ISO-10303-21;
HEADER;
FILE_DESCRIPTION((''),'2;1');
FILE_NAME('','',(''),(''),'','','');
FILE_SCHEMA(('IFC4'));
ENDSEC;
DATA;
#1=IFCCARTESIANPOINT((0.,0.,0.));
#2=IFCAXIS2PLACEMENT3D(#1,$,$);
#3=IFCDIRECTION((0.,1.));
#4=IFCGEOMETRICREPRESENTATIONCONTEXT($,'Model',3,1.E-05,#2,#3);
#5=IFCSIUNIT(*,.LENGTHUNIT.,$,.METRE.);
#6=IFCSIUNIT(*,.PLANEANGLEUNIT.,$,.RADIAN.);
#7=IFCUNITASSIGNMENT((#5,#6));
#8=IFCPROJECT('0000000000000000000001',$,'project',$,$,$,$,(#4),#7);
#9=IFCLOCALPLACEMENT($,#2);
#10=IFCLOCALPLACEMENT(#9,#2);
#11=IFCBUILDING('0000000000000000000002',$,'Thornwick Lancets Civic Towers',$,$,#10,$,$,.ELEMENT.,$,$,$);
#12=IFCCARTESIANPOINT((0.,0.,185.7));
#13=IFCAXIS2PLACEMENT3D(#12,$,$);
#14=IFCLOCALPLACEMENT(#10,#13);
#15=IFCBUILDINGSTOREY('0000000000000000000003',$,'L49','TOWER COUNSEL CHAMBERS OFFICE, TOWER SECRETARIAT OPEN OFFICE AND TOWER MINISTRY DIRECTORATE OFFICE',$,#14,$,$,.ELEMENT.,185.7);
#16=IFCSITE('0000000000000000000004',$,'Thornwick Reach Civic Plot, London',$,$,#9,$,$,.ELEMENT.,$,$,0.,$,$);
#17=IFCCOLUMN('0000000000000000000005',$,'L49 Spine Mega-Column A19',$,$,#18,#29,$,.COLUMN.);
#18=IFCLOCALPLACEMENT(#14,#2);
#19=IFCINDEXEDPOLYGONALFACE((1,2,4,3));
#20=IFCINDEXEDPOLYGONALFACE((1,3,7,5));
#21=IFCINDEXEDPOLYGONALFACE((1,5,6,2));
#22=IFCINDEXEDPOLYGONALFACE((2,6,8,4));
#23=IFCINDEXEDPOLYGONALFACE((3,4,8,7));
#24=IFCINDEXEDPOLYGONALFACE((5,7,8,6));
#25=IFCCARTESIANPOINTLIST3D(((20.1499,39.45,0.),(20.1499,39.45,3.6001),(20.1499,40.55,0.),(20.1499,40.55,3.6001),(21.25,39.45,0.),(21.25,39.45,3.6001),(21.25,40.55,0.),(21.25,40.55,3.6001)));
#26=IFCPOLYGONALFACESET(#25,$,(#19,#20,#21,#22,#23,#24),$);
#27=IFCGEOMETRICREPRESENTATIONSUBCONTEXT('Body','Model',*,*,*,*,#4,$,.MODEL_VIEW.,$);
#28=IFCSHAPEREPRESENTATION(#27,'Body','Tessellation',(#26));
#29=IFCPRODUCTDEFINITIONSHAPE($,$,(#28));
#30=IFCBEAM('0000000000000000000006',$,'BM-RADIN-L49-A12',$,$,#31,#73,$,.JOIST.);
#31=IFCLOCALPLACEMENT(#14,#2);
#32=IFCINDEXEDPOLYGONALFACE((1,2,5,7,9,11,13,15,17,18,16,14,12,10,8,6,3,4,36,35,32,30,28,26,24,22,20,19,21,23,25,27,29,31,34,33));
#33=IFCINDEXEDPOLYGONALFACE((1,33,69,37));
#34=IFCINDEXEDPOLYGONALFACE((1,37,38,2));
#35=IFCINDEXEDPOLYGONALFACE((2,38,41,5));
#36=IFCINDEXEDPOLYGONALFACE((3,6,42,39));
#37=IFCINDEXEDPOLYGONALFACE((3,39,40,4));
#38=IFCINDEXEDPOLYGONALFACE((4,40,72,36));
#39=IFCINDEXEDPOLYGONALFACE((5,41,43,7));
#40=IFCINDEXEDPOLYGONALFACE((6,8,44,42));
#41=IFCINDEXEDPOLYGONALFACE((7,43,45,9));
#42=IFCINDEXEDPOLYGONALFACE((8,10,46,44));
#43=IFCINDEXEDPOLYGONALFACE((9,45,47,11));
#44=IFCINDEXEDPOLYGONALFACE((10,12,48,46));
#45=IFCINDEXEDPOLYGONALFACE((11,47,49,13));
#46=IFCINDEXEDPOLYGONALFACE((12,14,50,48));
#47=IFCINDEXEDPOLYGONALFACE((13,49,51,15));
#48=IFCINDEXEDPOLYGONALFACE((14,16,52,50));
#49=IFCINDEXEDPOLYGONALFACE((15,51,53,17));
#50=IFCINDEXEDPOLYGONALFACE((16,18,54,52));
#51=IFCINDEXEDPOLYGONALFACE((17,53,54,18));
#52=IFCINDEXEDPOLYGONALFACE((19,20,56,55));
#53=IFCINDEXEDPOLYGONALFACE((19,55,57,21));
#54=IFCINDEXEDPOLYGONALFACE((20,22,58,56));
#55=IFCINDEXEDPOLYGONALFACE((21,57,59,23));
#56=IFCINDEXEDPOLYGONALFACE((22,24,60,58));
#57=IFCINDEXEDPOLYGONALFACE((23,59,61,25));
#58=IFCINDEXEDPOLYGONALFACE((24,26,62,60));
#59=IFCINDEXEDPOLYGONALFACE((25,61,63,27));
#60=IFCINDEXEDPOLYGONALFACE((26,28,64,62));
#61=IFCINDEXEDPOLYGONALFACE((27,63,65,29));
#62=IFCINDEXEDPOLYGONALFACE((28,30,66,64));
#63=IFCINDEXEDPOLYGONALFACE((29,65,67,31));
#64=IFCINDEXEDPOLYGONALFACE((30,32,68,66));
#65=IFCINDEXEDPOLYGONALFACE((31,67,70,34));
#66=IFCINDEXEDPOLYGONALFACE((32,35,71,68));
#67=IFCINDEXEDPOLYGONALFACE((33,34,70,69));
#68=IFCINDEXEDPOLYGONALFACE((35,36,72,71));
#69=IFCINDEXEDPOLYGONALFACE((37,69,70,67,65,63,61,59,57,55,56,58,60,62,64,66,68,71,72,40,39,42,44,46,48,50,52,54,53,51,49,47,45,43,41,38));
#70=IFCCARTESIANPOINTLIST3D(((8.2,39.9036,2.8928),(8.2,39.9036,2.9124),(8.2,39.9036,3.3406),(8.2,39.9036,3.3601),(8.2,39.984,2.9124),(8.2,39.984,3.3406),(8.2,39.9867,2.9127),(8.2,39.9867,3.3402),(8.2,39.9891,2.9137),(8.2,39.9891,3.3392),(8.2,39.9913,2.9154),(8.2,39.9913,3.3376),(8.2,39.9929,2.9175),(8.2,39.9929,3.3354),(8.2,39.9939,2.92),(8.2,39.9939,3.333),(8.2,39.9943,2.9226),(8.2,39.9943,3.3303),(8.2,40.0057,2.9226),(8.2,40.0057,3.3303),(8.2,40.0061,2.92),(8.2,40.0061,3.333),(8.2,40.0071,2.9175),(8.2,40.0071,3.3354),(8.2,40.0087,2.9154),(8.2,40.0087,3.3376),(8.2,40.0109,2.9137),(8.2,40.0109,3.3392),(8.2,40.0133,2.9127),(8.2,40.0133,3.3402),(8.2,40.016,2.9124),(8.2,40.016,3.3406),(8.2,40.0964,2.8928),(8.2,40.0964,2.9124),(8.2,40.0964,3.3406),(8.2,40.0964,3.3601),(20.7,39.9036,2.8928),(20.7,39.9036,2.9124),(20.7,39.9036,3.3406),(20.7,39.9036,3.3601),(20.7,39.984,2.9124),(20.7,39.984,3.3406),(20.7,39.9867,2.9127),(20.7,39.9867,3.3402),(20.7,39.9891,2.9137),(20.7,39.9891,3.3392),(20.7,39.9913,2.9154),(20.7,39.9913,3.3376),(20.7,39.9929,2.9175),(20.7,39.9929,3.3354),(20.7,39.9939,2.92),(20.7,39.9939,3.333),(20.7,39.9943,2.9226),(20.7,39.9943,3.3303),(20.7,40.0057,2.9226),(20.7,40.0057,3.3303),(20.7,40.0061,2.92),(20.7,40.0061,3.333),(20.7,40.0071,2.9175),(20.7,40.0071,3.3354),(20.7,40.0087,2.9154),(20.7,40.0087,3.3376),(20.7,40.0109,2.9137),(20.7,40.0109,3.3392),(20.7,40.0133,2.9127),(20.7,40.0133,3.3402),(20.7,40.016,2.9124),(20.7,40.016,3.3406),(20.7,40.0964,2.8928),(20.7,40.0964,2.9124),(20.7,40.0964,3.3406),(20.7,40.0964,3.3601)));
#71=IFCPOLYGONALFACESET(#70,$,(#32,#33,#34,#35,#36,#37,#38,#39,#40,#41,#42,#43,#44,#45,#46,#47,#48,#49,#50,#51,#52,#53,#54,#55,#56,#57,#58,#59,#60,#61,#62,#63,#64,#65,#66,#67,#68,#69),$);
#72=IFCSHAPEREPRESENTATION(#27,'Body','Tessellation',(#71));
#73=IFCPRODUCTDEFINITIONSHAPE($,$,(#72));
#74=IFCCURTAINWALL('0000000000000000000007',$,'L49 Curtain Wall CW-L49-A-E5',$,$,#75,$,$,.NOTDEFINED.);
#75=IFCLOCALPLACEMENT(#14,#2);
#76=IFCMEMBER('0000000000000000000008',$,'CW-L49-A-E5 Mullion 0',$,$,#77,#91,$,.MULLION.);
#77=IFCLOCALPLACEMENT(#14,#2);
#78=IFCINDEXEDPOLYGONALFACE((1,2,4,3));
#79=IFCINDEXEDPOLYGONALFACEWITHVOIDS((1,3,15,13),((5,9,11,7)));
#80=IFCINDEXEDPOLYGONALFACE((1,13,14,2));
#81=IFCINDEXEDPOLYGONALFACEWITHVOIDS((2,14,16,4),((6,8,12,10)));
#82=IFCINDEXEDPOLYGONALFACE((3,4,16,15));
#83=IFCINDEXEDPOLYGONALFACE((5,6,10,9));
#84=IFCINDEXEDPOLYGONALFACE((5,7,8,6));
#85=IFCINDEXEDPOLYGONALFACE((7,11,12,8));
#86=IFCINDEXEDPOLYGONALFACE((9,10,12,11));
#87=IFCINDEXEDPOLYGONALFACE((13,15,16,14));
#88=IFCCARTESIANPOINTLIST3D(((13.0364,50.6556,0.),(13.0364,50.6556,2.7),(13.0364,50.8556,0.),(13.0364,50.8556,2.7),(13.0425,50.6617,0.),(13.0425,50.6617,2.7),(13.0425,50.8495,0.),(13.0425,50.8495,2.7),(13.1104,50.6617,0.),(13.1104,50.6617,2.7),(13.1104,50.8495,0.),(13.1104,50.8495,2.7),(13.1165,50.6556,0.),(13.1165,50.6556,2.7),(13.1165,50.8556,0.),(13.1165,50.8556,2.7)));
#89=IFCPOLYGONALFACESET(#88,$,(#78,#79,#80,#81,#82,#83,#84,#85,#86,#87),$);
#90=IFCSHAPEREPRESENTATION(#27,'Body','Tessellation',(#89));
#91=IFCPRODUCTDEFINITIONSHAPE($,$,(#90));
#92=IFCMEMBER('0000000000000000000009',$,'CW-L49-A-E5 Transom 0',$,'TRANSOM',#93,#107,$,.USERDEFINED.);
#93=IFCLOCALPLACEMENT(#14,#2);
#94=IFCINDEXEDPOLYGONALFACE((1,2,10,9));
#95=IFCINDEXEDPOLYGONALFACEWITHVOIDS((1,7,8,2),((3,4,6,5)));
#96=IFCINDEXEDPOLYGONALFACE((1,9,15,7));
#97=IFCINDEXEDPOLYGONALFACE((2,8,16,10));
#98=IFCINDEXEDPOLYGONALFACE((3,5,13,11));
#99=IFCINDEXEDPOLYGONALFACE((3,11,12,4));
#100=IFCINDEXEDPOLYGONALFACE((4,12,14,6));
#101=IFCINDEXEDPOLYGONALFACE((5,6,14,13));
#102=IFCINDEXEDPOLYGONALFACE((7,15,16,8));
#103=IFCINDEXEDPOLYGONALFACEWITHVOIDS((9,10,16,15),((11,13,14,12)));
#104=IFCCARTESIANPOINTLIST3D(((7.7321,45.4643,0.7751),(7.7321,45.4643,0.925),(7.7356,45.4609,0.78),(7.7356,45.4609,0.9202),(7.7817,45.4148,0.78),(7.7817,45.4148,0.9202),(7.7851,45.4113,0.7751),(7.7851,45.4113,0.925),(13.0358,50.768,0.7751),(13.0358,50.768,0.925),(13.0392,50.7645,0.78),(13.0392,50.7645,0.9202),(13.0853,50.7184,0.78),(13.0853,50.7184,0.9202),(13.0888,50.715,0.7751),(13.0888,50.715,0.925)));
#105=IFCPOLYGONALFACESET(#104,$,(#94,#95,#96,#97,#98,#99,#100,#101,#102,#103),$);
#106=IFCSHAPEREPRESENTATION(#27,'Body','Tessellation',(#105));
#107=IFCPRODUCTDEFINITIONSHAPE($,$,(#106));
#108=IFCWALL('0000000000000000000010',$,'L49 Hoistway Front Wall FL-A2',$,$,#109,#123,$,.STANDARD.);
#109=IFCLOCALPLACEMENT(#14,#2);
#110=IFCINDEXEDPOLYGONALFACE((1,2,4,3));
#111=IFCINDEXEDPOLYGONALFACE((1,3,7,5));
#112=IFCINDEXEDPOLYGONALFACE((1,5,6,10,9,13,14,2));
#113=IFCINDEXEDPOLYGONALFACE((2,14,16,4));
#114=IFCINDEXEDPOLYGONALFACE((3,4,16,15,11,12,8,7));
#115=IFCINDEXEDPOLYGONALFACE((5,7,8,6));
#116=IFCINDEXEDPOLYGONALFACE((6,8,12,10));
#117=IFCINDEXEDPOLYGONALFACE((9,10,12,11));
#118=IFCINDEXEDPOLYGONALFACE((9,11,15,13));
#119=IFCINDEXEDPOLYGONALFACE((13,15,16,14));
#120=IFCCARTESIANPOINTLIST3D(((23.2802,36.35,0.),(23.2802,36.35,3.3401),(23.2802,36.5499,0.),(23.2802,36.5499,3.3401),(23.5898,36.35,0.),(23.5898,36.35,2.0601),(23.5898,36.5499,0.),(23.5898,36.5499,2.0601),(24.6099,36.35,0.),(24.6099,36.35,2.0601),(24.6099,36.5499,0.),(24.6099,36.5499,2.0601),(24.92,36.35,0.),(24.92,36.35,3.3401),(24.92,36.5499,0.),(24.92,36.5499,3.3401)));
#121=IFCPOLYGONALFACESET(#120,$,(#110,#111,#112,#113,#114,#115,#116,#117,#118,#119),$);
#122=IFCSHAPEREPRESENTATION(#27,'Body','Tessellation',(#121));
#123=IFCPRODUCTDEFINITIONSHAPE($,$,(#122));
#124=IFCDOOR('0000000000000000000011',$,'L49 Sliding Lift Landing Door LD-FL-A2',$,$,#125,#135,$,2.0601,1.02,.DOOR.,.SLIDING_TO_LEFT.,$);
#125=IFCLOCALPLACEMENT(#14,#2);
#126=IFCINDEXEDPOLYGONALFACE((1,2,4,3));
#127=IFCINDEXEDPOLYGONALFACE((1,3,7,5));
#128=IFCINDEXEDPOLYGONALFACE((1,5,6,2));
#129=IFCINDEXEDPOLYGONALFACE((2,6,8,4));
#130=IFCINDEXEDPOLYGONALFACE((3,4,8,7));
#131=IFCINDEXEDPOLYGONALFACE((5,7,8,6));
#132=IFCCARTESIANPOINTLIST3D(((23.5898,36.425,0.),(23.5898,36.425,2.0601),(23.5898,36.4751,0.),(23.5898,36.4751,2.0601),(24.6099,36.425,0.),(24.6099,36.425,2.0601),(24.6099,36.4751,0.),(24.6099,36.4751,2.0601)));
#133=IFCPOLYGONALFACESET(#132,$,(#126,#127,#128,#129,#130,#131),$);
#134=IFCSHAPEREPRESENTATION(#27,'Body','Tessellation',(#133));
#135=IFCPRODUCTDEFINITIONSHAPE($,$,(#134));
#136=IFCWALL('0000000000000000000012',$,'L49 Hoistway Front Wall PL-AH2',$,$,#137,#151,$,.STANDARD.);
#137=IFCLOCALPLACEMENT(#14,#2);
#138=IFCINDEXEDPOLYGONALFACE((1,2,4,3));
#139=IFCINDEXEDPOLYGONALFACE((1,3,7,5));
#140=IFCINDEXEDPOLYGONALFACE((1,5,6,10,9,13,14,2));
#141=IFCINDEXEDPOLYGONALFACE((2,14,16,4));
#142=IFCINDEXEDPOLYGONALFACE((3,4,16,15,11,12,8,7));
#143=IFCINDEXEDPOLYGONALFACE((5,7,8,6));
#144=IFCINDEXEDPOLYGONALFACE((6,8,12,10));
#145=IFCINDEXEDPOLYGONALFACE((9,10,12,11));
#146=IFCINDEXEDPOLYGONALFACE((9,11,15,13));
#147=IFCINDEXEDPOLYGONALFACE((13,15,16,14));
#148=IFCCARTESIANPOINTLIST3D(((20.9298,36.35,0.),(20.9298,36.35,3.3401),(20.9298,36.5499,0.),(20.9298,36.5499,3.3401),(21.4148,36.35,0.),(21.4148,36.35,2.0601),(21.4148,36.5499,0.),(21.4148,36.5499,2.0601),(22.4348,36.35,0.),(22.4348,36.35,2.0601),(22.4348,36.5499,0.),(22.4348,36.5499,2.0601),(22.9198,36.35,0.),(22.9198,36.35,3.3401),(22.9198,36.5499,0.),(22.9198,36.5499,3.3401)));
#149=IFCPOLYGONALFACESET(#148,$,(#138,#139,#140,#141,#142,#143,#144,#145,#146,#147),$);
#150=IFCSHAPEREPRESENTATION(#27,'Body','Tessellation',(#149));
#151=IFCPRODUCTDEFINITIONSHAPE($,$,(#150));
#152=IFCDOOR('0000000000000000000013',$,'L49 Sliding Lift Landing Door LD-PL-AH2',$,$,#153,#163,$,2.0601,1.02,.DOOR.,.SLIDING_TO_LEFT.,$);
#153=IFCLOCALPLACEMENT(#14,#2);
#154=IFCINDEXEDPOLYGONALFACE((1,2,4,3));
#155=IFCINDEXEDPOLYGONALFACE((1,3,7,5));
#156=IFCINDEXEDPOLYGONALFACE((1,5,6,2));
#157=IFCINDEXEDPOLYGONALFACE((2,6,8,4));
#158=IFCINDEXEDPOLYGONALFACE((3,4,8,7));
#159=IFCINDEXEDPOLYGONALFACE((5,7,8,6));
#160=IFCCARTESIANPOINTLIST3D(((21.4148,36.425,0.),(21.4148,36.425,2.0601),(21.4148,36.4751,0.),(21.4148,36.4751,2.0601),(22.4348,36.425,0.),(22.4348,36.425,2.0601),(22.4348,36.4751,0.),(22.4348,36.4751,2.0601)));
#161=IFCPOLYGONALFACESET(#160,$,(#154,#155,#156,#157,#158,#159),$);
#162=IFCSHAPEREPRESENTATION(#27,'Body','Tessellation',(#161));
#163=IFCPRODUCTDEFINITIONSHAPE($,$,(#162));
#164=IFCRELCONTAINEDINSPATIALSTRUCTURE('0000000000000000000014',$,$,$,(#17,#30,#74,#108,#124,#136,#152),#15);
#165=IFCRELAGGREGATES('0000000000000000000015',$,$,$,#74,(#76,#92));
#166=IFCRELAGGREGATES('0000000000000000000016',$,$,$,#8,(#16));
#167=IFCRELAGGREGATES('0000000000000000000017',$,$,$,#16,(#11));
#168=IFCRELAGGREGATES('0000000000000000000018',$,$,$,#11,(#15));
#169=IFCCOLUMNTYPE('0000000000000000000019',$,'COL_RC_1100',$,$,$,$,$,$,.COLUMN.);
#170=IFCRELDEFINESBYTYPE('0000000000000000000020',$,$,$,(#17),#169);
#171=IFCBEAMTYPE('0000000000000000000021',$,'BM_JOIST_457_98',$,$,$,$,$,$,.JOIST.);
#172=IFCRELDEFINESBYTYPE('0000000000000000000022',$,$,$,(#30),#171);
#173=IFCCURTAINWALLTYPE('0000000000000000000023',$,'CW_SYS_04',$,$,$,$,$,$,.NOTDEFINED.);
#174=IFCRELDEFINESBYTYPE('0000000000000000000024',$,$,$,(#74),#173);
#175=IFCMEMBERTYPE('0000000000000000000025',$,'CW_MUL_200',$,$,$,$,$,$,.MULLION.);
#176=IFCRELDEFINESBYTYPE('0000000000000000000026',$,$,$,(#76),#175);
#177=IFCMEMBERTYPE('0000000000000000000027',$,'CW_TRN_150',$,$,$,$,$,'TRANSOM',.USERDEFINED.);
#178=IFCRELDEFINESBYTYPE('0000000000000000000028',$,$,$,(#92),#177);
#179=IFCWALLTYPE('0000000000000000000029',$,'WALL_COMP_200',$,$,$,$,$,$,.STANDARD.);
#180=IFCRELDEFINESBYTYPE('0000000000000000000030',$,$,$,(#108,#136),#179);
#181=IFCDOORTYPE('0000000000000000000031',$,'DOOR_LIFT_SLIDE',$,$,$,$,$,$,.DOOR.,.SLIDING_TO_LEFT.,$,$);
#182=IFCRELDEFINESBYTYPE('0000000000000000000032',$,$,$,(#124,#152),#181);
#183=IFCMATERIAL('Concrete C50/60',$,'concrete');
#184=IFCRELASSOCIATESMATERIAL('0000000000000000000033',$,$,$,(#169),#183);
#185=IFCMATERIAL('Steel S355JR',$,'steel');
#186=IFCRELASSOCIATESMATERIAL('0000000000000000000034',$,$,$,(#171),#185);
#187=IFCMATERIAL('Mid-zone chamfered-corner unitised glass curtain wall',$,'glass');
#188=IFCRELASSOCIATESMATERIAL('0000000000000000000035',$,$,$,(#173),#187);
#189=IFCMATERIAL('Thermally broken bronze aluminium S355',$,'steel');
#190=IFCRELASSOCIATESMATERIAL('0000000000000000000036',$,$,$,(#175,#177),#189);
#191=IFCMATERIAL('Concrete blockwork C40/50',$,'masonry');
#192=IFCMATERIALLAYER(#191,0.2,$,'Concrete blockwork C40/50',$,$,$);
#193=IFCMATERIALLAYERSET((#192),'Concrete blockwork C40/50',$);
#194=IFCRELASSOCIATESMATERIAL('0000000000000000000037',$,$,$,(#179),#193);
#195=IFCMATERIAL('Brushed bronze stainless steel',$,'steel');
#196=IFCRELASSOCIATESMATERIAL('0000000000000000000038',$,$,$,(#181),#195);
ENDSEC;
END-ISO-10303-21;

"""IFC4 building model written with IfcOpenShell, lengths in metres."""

from ifc_helpers import new_model, si_unit, direction, frame, frame_2d, origin, origin_2d, place, context, subcontext, project, spatial, rectangle, hollow_rectangle, i_section, extrude, material, layer, layer_set, material_profile, profile_set, type_object, element, fill, aggregate, save


model = new_model("IFC4")

# Units and contexts
model_context = context("Model", 3, precision=1e-05, world=origin(), true_north=direction((0.0, 1.0)))
body_context = subcontext(model_context, "Body", "Model", "MODEL_VIEW")
ifc_project = project(units=[si_unit("LENGTHUNIT", "METRE"), si_unit("PLANEANGLEUNIT", "RADIAN")], contexts=[model_context])

# Site, building, storey
site_placement = place(None, origin())
site = spatial("IfcSite", under=ifc_project, at=site_placement, Name="Thornwick Reach Civic Plot, London", CompositionType="ELEMENT", RefElevation=0.0)
building_placement = place(site_placement, origin())
building = spatial("IfcBuilding", under=site, at=building_placement, Name="Thornwick Lancets Civic Towers", CompositionType="ELEMENT")
storey_placement = place(building_placement, frame((0.0, 0.0, 185.7)))
storey = spatial("IfcBuildingStorey", under=building, at=storey_placement, Name="L49", Description="TOWER COUNSEL CHAMBERS OFFICE, TOWER SECRETARIAT OPEN OFFICE AND TOWER MINISTRY DIRECTORATE OFFICE", CompositionType="ELEMENT", Elevation=185.7)

# Column
ifc_material_1 = material(Name="Concrete C50/60", Category="concrete")
ifc_material_profile_1 = material_profile(ifc_material_1, rectangle(XDim=1.1001, YDim=1.1001, at=origin_2d()), Name="RC 1100x1100")
ifc_profile_set_1 = profile_set([ifc_material_profile_1], Name="Concrete C50/60")
column_type = type_object("IfcColumnType", Name="COL_RC_1100", PredefinedType="COLUMN", material=ifc_profile_set_1)
column_placement = place(storey_placement, frame((20.7, 40.0, 0.0), z_axis=(0.0, 0.0, 1.0), x_axis=(1.0, 0.0, 0.0)))
element("IfcColumn", 1, at=column_placement, inside=storey, type_object=column_type, Name="L49 Spine Mega-Column A19", PredefinedType="COLUMN", context=body_context, shape_type="SweptSolid", body=[
    extrude(rectangle(XDim=1.1001, YDim=1.1001, at=origin_2d()), origin(), (0.0, 0.0, 1.0), 3.6001),
])

# Beam
ifc_material_2 = material(Name="Steel S355JR", Category="steel")
ifc_material_profile_2 = material_profile(ifc_material_2, i_section(OverallWidth=0.1929, OverallDepth=0.4673, WebThickness=0.0115, FlangeThickness=0.0195, FilletRadius=0.0103, at=origin_2d()), Name="UKB 457x191x98")
ifc_profile_set_2 = profile_set([ifc_material_profile_2], Name="Steel S355JR")
beam_type = type_object("IfcBeamType", Name="BM_JOIST_457_98", PredefinedType="JOIST", material=ifc_profile_set_2)
beam_placement = place(storey_placement, frame((20.7, 40.0, 3.1265), z_axis=(-1.0, 0.0, 0.0), x_axis=(0.0, -1.0, 0.0)))
element("IfcBeam", 2, at=beam_placement, inside=storey, type_object=beam_type, Name="BM-RADIN-L49-A12", PredefinedType="JOIST", context=body_context, shape_type="SweptSolid", body=[
    extrude(i_section(OverallWidth=0.1929, OverallDepth=0.4673, WebThickness=0.0115, FlangeThickness=0.0195, FilletRadius=0.0103, at=origin_2d()), origin(), (0.0, 0.0, 1.0), 12.5),
])

# Curtain wall, members
ifc_material_3 = material(Name="Mid-zone chamfered-corner unitised glass curtain wall", Category="glass")
curtain_wall_type = type_object("IfcCurtainWallType", Name="CW_SYS_04", PredefinedType="NOTDEFINED", material=ifc_material_3)
curtain_wall_placement = place(storey_placement, origin())
curtain_wall = element("IfcCurtainWall", 3, at=curtain_wall_placement, inside=storey, type_object=curtain_wall_type, Name="L49 Curtain Wall CW-L49-A-E5", PredefinedType="NOTDEFINED")
ifc_material_4 = material(Name="Thermally broken bronze aluminium S355", Category="steel")
ifc_material_profile_3 = material_profile(ifc_material_4, hollow_rectangle(XDim=0.0801, YDim=0.2, WallThickness=0.0061, at=origin_2d()), Name="RHS 200x80x6")
ifc_profile_set_3 = profile_set([ifc_material_profile_3], Name="Thermally broken bronze aluminium S355")
member_type_1 = type_object("IfcMemberType", Name="CW_MUL_200", PredefinedType="MULLION", material=ifc_profile_set_3)
member_1_placement = place(storey_placement, frame((13.0764, 50.7556, 0.0), z_axis=(0.0, 0.0, 1.0), x_axis=(1.0, 0.0, 0.0)))
member_1 = element("IfcMember", 4, at=member_1_placement, type_object=member_type_1, Name="CW-L49-A-E5 Mullion 0", PredefinedType="MULLION", context=body_context, shape_type="SweptSolid", body=[
    extrude(hollow_rectangle(XDim=0.0801, YDim=0.2, WallThickness=0.0061, at=origin_2d()), origin(), (0.0, 0.0, 1.0), 2.7),
])
ifc_material_profile_4 = material_profile(ifc_material_4, hollow_rectangle(XDim=0.075, YDim=0.1499, WallThickness=0.0049, at=origin_2d()), Name="RHS 150x75x5")
ifc_profile_set_4 = profile_set([ifc_material_profile_4], Name="Thermally broken bronze aluminium S355")
member_type_2 = type_object("IfcMemberType", Name="CW_TRN_150", ElementType="TRANSOM", PredefinedType="USERDEFINED", material=ifc_profile_set_4)
member_2_placement = place(storey_placement, frame((13.0623, 50.7415, 0.8501), z_axis=(-0.707107, -0.707107, 0.0), x_axis=(0.707107, -0.707107, 0.0)))
member_2 = element("IfcMember", 5, at=member_2_placement, type_object=member_type_2, Name="CW-L49-A-E5 Transom 0", ObjectType="TRANSOM", PredefinedType="USERDEFINED", context=body_context, shape_type="SweptSolid", body=[
    extrude(hollow_rectangle(XDim=0.075, YDim=0.1499, WallThickness=0.0049, at=origin_2d()), origin(), (0.0, 0.0, 1.0), 7.5005),
])
aggregate(curtain_wall, [member_1, member_2])

# Walls, openings, doors
ifc_material_5 = material(Name="Concrete blockwork C40/50", Category="masonry")
ifc_layer_1 = layer(ifc_material_5, 0.2, Name="Concrete blockwork C40/50")
ifc_layer_set_1 = layer_set([ifc_layer_1], Name="Concrete blockwork C40/50")
wall_type_1 = type_object("IfcWallType", Name="WALL_COMP_200", PredefinedType="STANDARD", material=ifc_layer_set_1)
wall_1_placement = place(storey_placement, frame((24.9199, 36.45, 0.0), z_axis=(0.0, 0.0, 1.0), x_axis=(-1.0, 0.0, 0.0)))
wall_1 = element("IfcWall", 6, at=wall_1_placement, inside=storey, type_object=wall_type_1, Name="L49 Hoistway Front Wall FL-A2", PredefinedType="STANDARD", context=body_context, shape_type="SweptSolid", body=[
    extrude(rectangle(XDim=1.6399, YDim=0.2, at=frame_2d((0.8198, 0.0))), origin(), (0.0, 0.0, 1.0), 3.3401),
])
opening_1_placement = place(wall_1_placement, frame((0.3101, 0.0, 0.0)))
opening_1 = element("IfcOpeningElement", 7, at=opening_1_placement, cuts=wall_1, PredefinedType="OPENING", context=body_context, shape_type="SweptSolid", body=[
    extrude(rectangle(XDim=1.02, YDim=2.0601, at=frame_2d((0.51, 1.03))), frame((0.0, 0.1099, 0.0), z_axis=(0.0, -1.0, 0.0), x_axis=(1.0, 0.0, 0.0)), (0.0, 0.0, 1.0), 0.22),
])
ifc_material_6 = material(Name="Brushed bronze stainless steel", Category="steel")
door_type = type_object("IfcDoorType", Name="DOOR_LIFT_SLIDE", OperationType="SLIDING_TO_LEFT", PredefinedType="DOOR", material=ifc_material_6)
door_1_placement = place(opening_1_placement, origin())
door_1 = element("IfcDoor", 8, at=door_1_placement, inside=storey, type_object=door_type, Name="L49 Sliding Lift Landing Door LD-FL-A2", OperationType="SLIDING_TO_LEFT", OverallHeight=2.0601, OverallWidth=1.02, PredefinedType="DOOR", context=body_context, shape_type="SweptSolid", body=[
    extrude(rectangle(XDim=1.02, YDim=2.0601, at=frame_2d((0.51, 1.03))), frame((0.0, 0.0249, 0.0), z_axis=(0.0, -1.0, 0.0), x_axis=(1.0, 0.0, 0.0)), (0.0, 0.0, 1.0), 0.05),
])
fill(opening_1, door_1)
wall_2_placement = place(storey_placement, frame((22.9199, 36.45, 0.0), z_axis=(0.0, 0.0, 1.0), x_axis=(-1.0, 0.0, 0.0)))
wall_2 = element("IfcWall", 9, at=wall_2_placement, inside=storey, type_object=wall_type_1, Name="L49 Hoistway Front Wall PL-AH2", PredefinedType="STANDARD", context=body_context, shape_type="SweptSolid", body=[
    extrude(rectangle(XDim=1.99, YDim=0.2, at=frame_2d((0.9951, 0.0))), origin(), (0.0, 0.0, 1.0), 3.3401),
])
opening_2_placement = place(wall_2_placement, frame((0.4851, 0.0, 0.0)))
opening_2 = element("IfcOpeningElement", 10, at=opening_2_placement, cuts=wall_2, PredefinedType="OPENING", context=body_context, shape_type="SweptSolid", body=[
    extrude(rectangle(XDim=1.02, YDim=2.0601, at=frame_2d((0.51, 1.03))), frame((0.0, 0.1099, 0.0), z_axis=(0.0, -1.0, 0.0), x_axis=(1.0, 0.0, 0.0)), (0.0, 0.0, 1.0), 0.22),
])
door_2_placement = place(opening_2_placement, origin())
door_2 = element("IfcDoor", 11, at=door_2_placement, inside=storey, type_object=door_type, Name="L49 Sliding Lift Landing Door LD-PL-AH2", OperationType="SLIDING_TO_LEFT", OverallHeight=2.0601, OverallWidth=1.02, PredefinedType="DOOR", context=body_context, shape_type="SweptSolid", body=[
    extrude(rectangle(XDim=1.02, YDim=2.0601, at=frame_2d((0.51, 1.03))), frame((0.0, 0.0249, 0.0), z_axis=(0.0, -1.0, 0.0), x_axis=(1.0, 0.0, 0.0)), (0.0, 0.0, 1.0), 0.05),
])
fill(opening_2, door_2)

save(model, "model.ifc")
